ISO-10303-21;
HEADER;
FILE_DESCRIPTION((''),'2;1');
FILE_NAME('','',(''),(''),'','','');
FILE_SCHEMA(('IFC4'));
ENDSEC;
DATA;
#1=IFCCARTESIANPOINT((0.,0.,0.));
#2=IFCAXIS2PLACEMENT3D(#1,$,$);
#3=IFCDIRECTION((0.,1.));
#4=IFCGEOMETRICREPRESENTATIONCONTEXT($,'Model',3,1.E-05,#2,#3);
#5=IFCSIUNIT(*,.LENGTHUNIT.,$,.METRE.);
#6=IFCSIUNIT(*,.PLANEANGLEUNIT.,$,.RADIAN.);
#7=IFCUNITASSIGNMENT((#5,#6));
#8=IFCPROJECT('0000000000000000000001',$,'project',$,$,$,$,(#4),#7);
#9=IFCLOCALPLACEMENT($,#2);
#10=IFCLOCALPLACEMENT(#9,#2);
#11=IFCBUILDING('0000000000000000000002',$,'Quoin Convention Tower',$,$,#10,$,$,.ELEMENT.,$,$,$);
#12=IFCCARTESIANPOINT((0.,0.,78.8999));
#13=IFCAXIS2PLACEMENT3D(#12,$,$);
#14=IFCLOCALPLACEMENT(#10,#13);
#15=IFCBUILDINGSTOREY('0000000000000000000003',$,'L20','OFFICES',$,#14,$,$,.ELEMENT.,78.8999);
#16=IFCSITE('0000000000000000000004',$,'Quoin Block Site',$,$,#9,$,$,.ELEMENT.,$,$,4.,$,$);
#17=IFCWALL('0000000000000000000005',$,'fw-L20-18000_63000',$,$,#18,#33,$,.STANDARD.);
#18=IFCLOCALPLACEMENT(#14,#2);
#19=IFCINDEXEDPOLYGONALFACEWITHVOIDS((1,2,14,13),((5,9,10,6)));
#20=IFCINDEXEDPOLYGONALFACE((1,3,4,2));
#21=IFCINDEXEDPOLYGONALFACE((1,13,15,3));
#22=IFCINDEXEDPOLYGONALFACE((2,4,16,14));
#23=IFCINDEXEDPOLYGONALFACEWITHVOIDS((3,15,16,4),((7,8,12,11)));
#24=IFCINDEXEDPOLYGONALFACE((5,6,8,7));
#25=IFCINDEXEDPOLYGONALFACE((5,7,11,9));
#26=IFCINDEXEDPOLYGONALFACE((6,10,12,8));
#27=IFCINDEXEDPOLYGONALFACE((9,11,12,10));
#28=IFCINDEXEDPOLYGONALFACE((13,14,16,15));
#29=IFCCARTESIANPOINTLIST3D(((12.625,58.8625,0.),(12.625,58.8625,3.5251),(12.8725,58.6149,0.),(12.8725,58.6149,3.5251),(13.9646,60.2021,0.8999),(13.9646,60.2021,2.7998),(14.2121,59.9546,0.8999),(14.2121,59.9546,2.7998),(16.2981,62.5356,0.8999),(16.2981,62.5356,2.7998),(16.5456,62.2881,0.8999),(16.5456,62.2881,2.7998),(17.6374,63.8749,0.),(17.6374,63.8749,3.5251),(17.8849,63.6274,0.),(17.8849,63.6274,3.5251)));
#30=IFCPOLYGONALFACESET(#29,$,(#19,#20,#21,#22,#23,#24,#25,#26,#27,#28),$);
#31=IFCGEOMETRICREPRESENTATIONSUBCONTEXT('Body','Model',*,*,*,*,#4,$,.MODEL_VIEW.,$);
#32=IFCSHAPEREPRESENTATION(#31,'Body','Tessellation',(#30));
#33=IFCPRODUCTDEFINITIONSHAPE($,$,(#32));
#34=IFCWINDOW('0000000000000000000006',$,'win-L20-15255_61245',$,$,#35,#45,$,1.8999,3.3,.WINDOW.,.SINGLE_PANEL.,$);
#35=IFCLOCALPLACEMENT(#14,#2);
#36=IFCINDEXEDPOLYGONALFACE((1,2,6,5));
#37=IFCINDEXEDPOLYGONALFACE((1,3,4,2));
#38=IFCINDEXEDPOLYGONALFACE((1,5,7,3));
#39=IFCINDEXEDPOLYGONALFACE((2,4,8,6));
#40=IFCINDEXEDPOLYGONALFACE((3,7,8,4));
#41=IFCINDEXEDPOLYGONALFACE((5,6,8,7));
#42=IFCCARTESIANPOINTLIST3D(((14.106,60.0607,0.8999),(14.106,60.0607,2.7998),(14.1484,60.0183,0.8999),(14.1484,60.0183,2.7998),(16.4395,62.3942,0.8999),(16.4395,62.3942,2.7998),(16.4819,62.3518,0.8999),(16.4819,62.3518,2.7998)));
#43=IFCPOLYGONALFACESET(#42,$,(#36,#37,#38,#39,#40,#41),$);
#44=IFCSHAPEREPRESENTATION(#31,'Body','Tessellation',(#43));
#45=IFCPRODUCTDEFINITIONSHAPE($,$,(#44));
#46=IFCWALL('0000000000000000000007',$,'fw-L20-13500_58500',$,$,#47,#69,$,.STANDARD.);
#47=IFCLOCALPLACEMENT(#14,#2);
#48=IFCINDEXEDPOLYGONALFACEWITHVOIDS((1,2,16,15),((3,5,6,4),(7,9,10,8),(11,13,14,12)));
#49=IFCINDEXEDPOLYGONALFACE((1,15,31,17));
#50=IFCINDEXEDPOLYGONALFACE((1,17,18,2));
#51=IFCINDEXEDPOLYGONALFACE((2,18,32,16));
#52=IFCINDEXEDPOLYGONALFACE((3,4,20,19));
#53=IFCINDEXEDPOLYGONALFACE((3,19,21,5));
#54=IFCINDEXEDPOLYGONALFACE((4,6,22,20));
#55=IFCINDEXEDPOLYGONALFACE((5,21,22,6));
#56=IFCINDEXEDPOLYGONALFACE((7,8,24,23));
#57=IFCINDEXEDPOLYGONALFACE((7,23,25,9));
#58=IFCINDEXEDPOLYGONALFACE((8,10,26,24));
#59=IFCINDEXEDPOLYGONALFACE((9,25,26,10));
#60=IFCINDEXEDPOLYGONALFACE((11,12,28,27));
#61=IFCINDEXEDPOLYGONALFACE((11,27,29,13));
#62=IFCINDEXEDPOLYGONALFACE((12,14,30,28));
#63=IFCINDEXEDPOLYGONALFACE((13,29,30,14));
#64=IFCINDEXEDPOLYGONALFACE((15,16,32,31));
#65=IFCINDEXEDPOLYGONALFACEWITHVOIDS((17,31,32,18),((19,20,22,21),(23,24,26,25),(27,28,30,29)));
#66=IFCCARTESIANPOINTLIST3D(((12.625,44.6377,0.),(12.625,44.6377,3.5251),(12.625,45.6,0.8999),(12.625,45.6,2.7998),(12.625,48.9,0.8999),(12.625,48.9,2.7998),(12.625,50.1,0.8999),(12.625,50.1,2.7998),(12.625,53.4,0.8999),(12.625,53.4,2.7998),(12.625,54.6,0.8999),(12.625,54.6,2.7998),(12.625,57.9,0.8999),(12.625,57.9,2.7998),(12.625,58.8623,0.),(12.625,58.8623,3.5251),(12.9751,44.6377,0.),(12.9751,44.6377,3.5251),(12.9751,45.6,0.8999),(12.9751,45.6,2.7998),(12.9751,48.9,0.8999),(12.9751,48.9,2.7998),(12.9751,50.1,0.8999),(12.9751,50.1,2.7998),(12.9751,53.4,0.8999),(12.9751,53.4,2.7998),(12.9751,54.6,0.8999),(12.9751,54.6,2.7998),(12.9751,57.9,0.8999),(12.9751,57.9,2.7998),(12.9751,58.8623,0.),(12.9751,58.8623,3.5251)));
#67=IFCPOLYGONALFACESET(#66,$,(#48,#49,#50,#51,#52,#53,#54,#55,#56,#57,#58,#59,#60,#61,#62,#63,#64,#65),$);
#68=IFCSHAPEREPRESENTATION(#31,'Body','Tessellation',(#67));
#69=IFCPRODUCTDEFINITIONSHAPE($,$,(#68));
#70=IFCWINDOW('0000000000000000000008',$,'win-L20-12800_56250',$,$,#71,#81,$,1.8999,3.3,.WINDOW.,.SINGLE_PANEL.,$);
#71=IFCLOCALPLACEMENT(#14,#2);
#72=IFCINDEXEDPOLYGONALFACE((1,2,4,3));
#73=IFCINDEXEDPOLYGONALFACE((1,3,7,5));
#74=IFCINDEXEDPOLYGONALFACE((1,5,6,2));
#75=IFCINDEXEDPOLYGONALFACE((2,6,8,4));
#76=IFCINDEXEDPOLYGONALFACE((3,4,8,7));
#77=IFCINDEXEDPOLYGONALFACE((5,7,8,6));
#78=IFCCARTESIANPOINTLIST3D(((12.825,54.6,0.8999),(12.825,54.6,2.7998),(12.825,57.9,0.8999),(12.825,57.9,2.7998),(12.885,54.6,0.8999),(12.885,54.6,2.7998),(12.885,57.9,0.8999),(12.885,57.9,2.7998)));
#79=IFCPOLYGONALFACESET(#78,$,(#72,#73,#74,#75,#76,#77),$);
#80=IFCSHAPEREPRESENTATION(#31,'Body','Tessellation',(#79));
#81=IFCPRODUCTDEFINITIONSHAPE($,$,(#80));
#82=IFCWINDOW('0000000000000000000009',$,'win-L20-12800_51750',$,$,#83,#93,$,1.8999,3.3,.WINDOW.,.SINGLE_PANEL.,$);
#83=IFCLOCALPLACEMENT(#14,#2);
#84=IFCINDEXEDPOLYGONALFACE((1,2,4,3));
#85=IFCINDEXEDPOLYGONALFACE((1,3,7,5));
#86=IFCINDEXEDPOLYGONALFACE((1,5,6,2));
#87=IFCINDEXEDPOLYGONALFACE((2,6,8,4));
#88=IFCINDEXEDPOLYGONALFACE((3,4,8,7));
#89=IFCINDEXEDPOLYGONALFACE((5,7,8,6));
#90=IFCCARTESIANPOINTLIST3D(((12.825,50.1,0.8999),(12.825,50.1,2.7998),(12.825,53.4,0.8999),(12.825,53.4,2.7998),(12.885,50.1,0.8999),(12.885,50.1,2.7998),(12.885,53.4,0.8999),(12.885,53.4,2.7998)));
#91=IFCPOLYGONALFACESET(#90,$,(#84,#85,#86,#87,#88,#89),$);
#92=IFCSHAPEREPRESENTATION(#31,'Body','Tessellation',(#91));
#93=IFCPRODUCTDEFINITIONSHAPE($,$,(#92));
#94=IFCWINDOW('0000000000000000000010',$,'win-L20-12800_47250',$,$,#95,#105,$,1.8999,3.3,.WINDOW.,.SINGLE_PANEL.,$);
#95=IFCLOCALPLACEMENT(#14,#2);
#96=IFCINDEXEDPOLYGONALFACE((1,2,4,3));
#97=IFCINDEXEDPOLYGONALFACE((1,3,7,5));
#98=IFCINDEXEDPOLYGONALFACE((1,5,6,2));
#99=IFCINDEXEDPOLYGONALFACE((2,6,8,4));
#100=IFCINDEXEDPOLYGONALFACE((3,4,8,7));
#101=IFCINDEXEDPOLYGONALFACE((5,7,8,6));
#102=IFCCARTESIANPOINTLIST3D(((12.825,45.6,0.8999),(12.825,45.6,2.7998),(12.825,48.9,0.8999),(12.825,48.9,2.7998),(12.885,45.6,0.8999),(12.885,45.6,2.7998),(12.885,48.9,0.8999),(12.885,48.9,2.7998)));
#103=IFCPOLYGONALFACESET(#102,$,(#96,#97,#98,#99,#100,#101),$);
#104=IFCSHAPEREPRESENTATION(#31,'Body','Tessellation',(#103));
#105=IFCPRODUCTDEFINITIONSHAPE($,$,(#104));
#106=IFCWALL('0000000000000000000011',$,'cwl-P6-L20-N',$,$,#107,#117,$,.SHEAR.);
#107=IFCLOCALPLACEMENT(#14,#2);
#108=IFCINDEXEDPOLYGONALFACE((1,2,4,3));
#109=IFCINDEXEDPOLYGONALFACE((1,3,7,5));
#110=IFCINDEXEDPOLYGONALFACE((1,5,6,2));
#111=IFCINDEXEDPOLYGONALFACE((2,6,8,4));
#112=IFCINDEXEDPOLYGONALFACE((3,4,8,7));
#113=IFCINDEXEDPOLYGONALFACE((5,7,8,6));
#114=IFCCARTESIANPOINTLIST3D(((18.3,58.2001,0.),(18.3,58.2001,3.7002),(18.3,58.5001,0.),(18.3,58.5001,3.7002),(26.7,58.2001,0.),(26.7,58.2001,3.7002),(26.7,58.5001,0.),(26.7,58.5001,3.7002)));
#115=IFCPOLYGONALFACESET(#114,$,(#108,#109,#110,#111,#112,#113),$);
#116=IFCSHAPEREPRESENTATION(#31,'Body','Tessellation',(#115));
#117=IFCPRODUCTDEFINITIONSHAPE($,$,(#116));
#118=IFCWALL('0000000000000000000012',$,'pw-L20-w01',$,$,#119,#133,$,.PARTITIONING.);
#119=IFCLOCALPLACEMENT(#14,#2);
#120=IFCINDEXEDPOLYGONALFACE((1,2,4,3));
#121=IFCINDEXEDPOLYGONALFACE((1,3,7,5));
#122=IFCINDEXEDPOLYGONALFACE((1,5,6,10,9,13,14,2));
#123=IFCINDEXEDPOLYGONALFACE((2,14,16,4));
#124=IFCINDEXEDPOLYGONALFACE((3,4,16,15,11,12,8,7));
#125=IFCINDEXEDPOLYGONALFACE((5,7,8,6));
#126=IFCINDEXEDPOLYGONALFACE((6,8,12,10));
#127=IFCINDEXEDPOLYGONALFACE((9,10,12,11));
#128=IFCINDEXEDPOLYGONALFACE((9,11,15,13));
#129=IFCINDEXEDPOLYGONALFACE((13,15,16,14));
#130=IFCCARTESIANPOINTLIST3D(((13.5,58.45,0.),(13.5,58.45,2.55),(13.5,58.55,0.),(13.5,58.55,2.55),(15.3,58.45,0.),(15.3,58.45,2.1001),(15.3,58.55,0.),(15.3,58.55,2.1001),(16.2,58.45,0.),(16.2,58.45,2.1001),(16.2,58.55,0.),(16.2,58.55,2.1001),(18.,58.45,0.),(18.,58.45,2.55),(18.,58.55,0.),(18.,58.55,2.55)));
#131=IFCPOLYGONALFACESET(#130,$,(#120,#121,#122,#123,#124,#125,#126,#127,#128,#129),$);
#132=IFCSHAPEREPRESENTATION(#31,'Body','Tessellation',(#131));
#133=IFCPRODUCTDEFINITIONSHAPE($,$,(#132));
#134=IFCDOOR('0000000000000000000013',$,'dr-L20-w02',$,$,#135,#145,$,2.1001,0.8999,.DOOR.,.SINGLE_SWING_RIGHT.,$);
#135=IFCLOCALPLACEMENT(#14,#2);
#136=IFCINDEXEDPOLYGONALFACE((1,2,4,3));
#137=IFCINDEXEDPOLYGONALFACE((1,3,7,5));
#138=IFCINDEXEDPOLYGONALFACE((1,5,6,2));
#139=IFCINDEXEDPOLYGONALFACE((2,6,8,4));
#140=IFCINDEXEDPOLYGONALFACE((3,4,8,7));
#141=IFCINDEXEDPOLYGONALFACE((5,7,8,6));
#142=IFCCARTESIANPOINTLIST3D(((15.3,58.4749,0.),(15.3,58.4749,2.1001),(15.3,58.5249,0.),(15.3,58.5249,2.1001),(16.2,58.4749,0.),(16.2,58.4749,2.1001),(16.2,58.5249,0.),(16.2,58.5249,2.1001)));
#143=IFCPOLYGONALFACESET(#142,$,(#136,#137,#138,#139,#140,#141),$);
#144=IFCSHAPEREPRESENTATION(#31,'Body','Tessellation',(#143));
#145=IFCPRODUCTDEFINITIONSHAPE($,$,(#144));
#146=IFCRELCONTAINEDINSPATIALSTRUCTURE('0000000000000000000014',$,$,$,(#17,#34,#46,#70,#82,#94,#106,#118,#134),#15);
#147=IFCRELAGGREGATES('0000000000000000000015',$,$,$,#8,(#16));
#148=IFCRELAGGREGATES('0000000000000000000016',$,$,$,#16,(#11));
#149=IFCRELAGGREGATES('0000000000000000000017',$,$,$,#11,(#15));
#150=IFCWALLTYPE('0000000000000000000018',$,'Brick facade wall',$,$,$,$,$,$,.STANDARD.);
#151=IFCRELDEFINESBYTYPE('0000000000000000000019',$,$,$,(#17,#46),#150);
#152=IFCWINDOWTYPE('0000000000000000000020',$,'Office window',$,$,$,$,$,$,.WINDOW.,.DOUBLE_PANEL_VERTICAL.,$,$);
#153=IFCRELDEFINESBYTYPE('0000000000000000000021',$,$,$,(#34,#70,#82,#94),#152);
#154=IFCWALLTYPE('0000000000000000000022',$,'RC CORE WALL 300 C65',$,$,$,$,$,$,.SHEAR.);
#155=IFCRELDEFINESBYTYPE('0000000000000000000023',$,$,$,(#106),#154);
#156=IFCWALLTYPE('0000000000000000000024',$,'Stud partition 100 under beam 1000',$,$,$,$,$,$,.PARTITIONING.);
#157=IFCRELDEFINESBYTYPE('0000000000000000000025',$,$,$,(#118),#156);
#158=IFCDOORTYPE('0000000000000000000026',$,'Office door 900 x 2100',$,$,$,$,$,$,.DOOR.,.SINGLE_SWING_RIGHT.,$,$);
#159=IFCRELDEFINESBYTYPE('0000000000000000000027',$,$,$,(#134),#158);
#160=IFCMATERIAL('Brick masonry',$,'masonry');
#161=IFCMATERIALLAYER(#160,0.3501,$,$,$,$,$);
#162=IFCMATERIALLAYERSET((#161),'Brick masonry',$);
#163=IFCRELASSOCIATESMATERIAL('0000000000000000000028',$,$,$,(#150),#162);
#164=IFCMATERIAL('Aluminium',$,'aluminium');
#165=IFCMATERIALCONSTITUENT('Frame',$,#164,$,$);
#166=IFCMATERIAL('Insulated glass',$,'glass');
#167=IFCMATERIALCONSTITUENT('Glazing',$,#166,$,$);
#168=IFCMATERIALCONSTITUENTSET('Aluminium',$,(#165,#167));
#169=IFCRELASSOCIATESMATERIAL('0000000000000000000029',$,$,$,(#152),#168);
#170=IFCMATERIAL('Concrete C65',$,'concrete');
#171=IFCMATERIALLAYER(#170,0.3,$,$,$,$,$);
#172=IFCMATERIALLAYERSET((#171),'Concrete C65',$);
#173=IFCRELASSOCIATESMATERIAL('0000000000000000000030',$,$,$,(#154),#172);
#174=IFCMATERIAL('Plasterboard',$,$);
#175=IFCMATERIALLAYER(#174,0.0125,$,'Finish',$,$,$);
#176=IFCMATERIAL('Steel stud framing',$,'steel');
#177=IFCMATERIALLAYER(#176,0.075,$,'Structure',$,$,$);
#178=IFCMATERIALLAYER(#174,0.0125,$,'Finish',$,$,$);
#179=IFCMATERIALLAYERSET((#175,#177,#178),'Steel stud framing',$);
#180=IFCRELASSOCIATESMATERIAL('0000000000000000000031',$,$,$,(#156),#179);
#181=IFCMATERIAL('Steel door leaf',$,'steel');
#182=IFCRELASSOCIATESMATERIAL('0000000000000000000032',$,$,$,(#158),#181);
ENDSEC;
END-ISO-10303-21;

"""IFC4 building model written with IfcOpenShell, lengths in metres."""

from ifc_helpers import new_model, si_unit, direction, frame, frame_2d, origin, place, context, subcontext, project, spatial, rectangle, extrude, material, layer, layer_set, constituent, constituent_set, type_object, element, fill, save


model = new_model("IFC4")

# Units and contexts
model_context = context("Model", 3, precision=1e-05, world=origin(), true_north=direction((0.0, 1.0)))
body_context = subcontext(model_context, "Body", "Model", "MODEL_VIEW")
ifc_project = project(units=[si_unit("LENGTHUNIT", "METRE"), si_unit("PLANEANGLEUNIT", "RADIAN")], contexts=[model_context])

# Site, building, storey
site_placement = place(None, origin())
site = spatial("IfcSite", under=ifc_project, at=site_placement, Name="Quoin Block Site", CompositionType="ELEMENT", RefElevation=4.0)
building_placement = place(site_placement, origin())
building = spatial("IfcBuilding", under=site, at=building_placement, Name="Quoin Convention Tower", CompositionType="ELEMENT")
storey_placement = place(building_placement, frame((0.0, 0.0, 78.8999)))
storey = spatial("IfcBuildingStorey", under=building, at=storey_placement, Name="L20", Description="OFFICES", CompositionType="ELEMENT", Elevation=78.8999)

# Shared definitions
ifc_material_1 = material(Name="Concrete C65", Category="concrete")

# Wall, opening, window
ifc_material_2 = material(Name="Brick masonry", Category="masonry")
ifc_layer_1 = layer(ifc_material_2, 0.3501)
ifc_layer_set_1 = layer_set([ifc_layer_1], Name="Brick masonry")
wall_type_1 = type_object("IfcWallType", Name="Brick facade wall", PredefinedType="STANDARD", material=ifc_layer_set_1)
wall_1_placement = place(storey_placement, frame((17.7612, 63.7512, 0.0), z_axis=(0.0, 0.0, 1.0), x_axis=(-0.707107, -0.707107, 0.0)))
wall_1 = element("IfcWall", 1, at=wall_1_placement, inside=storey, type_object=wall_type_1, Name="fw-L20-18000_63000", PredefinedType="STANDARD", context=body_context, shape_type="SweptSolid", body=[
    extrude(rectangle(XDim=7.0886, YDim=0.3501, at=frame_2d((3.5444, 0.0))), origin(), (0.0, 0.0, 1.0), 3.5251),
])
opening_1_placement = place(wall_1_placement, frame((1.8943, 0.0, 0.8999)))
opening_1 = element("IfcOpeningElement", 2, at=opening_1_placement, cuts=wall_1, PredefinedType="OPENING", context=body_context, shape_type="SweptSolid", body=[
    extrude(rectangle(XDim=3.3, YDim=1.8999, at=frame_2d((1.6499, 0.95))), frame((0.0, 0.1851, 0.0), z_axis=(0.0, -1.0, 0.0), x_axis=(1.0, 0.0, 0.0)), (0.0, 0.0, 1.0), 0.3701),
])
ifc_material_3 = material(Name="Aluminium", Category="aluminium")
ifc_constituent_1 = constituent(ifc_material_3, Name="Frame")
ifc_material_4 = material(Name="Insulated glass", Category="glass")
ifc_constituent_2 = constituent(ifc_material_4, Name="Glazing")
ifc_constituent_set = constituent_set(constituents=[ifc_constituent_1, ifc_constituent_2], Name="Aluminium")
window_type = type_object("IfcWindowType", Name="Office window", PartitioningType="DOUBLE_PANEL_VERTICAL", PredefinedType="WINDOW", material=ifc_constituent_set)
window_1_placement = place(opening_1_placement, origin())
window_1 = element("IfcWindow", 3, at=window_1_placement, inside=storey, type_object=window_type, Name="win-L20-15255_61245", OverallHeight=1.8999, OverallWidth=3.3, PartitioningType="SINGLE_PANEL", PredefinedType="WINDOW", context=body_context, shape_type="SweptSolid", body=[
    extrude(rectangle(XDim=3.3, YDim=1.8999, at=frame_2d((1.6499, 0.95))), frame((0.0, 0.085, 0.0), z_axis=(0.0, -1.0, 0.0), x_axis=(1.0, 0.0, 0.0)), (0.0, 0.0, 1.0), 0.0601),
])
fill(opening_1, window_1)

# Wall, openings, windows
wall_2_placement = place(storey_placement, frame((12.8, 58.8623, 0.0), z_axis=(0.0, 0.0, 1.0), x_axis=(0.0, -1.0, 0.0)))
wall_2 = element("IfcWall", 4, at=wall_2_placement, inside=storey, type_object=wall_type_1, Name="fw-L20-13500_58500", PredefinedType="STANDARD", context=body_context, shape_type="SweptSolid", body=[
    extrude(rectangle(XDim=14.2246, YDim=0.3501, at=frame_2d((7.1123, 0.0))), origin(), (0.0, 0.0, 1.0), 3.5251),
])
opening_2_placement = place(wall_2_placement, frame((0.9624, 0.0, 0.8999)))
opening_2 = element("IfcOpeningElement", 5, at=opening_2_placement, cuts=wall_2, PredefinedType="OPENING", context=body_context, shape_type="SweptSolid", body=[
    extrude(rectangle(XDim=3.3, YDim=1.8999, at=frame_2d((1.6499, 0.95))), frame((0.0, 0.1851, 0.0), z_axis=(0.0, -1.0, 0.0), x_axis=(1.0, 0.0, 0.0)), (0.0, 0.0, 1.0), 0.3701),
])
opening_3_placement = place(wall_2_placement, frame((5.4624, 0.0, 0.8999)))
opening_3 = element("IfcOpeningElement", 6, at=opening_3_placement, cuts=wall_2, PredefinedType="OPENING", context=body_context, shape_type="SweptSolid", body=[
    extrude(rectangle(XDim=3.3, YDim=1.8999, at=frame_2d((1.6499, 0.95))), frame((0.0, 0.1851, 0.0), z_axis=(0.0, -1.0, 0.0), x_axis=(1.0, 0.0, 0.0)), (0.0, 0.0, 1.0), 0.3701),
])
opening_4_placement = place(wall_2_placement, frame((9.9624, 0.0, 0.8999)))
opening_4 = element("IfcOpeningElement", 7, at=opening_4_placement, cuts=wall_2, PredefinedType="OPENING", context=body_context, shape_type="SweptSolid", body=[
    extrude(rectangle(XDim=3.3, YDim=1.8999, at=frame_2d((1.6499, 0.95))), frame((0.0, 0.1851, 0.0), z_axis=(0.0, -1.0, 0.0), x_axis=(1.0, 0.0, 0.0)), (0.0, 0.0, 1.0), 0.3701),
])
window_2_placement = place(opening_2_placement, origin())
window_2 = element("IfcWindow", 8, at=window_2_placement, inside=storey, type_object=window_type, Name="win-L20-12800_56250", OverallHeight=1.8999, OverallWidth=3.3, PartitioningType="SINGLE_PANEL", PredefinedType="WINDOW", context=body_context, shape_type="SweptSolid", body=[
    extrude(rectangle(XDim=3.3, YDim=1.8999, at=frame_2d((1.6499, 0.95))), frame((0.0, 0.085, 0.0), z_axis=(0.0, -1.0, 0.0), x_axis=(1.0, 0.0, 0.0)), (0.0, 0.0, 1.0), 0.0601),
])
fill(opening_2, window_2)
window_3_placement = place(opening_3_placement, origin())
window_3 = element("IfcWindow", 9, at=window_3_placement, inside=storey, type_object=window_type, Name="win-L20-12800_51750", OverallHeight=1.8999, OverallWidth=3.3, PartitioningType="SINGLE_PANEL", PredefinedType="WINDOW", context=body_context, shape_type="SweptSolid", body=[
    extrude(rectangle(XDim=3.3, YDim=1.8999, at=frame_2d((1.6499, 0.95))), frame((0.0, 0.085, 0.0), z_axis=(0.0, -1.0, 0.0), x_axis=(1.0, 0.0, 0.0)), (0.0, 0.0, 1.0), 0.0601),
])
fill(opening_3, window_3)
window_4_placement = place(opening_4_placement, origin())
window_4 = element("IfcWindow", 10, at=window_4_placement, inside=storey, type_object=window_type, Name="win-L20-12800_47250", OverallHeight=1.8999, OverallWidth=3.3, PartitioningType="SINGLE_PANEL", PredefinedType="WINDOW", context=body_context, shape_type="SweptSolid", body=[
    extrude(rectangle(XDim=3.3, YDim=1.8999, at=frame_2d((1.6499, 0.95))), frame((0.0, 0.085, 0.0), z_axis=(0.0, -1.0, 0.0), x_axis=(1.0, 0.0, 0.0)), (0.0, 0.0, 1.0), 0.0601),
])
fill(opening_4, window_4)

# Wall
ifc_layer_2 = layer(ifc_material_1, 0.3)
ifc_layer_set_2 = layer_set([ifc_layer_2], Name="Concrete C65")
wall_type_2 = type_object("IfcWallType", Name="RC CORE WALL 300 C65", PredefinedType="SHEAR", material=ifc_layer_set_2)
wall_3_placement = place(storey_placement, frame((18.3, 58.3501, 0.0), z_axis=(0.0, 0.0, 1.0), x_axis=(1.0, 0.0, 0.0)))
element("IfcWall", 11, at=wall_3_placement, inside=storey, type_object=wall_type_2, Name="cwl-P6-L20-N", PredefinedType="SHEAR", context=body_context, shape_type="SweptSolid", body=[
    extrude(rectangle(XDim=8.3999, YDim=0.3, at=frame_2d((4.2, 0.0))), origin(), (0.0, 0.0, 1.0), 3.7002),
])

# Wall, opening, door
ifc_material_5 = material(Name="Plasterboard")
ifc_layer_3 = layer(ifc_material_5, 0.0125, Name="Finish")
ifc_material_6 = material(Name="Steel stud framing", Category="steel")
ifc_layer_4 = layer(ifc_material_6, 0.075, Name="Structure")
ifc_layer_5 = layer(ifc_material_5, 0.0125, Name="Finish")
ifc_layer_set_3 = layer_set([ifc_layer_3, ifc_layer_4, ifc_layer_5], Name="Steel stud framing")
wall_type_3 = type_object("IfcWallType", Name="Stud partition 100 under beam 1000", PredefinedType="PARTITIONING", material=ifc_layer_set_3)
wall_4_placement = place(storey_placement, frame((13.5, 58.5, 0.0), z_axis=(0.0, 0.0, 1.0), x_axis=(1.0, 0.0, 0.0)))
wall_4 = element("IfcWall", 12, at=wall_4_placement, inside=storey, type_object=wall_type_3, Name="pw-L20-w01", PredefinedType="PARTITIONING", context=body_context, shape_type="SweptSolid", body=[
    extrude(rectangle(XDim=4.5, YDim=0.1001, at=frame_2d((2.25, 0.0))), origin(), (0.0, 0.0, 1.0), 2.55),
])
opening_5_placement = place(wall_4_placement, frame((1.8, 0.0, 0.0)))
opening_5 = element("IfcOpeningElement", 13, at=opening_5_placement, cuts=wall_4, PredefinedType="OPENING", context=body_context, shape_type="SweptSolid", body=[
    extrude(rectangle(XDim=0.8999, YDim=2.1001, at=frame_2d((0.45, 1.05))), frame((0.0, 0.0601, 0.0), z_axis=(0.0, -1.0, 0.0), x_axis=(1.0, 0.0, 0.0)), (0.0, 0.0, 1.0), 0.1201),
])
ifc_material_7 = material(Name="Steel door leaf", Category="steel")
door_type = type_object("IfcDoorType", Name="Office door 900 x 2100", OperationType="SINGLE_SWING_RIGHT", PredefinedType="DOOR", material=ifc_material_7)
door_placement = place(opening_5_placement, origin())
door = element("IfcDoor", 14, at=door_placement, inside=storey, type_object=door_type, Name="dr-L20-w02", OperationType="SINGLE_SWING_RIGHT", OverallHeight=2.1001, OverallWidth=0.8999, PredefinedType="DOOR", context=body_context, shape_type="SweptSolid", body=[
    extrude(rectangle(XDim=0.8999, YDim=2.1001, at=frame_2d((0.45, 1.05))), frame((0.0, 0.0249, 0.0), z_axis=(0.0, -1.0, 0.0), x_axis=(1.0, 0.0, 0.0)), (0.0, 0.0, 1.0), 0.05),
])
fill(opening_5, door)

save(model, "model.ifc")
